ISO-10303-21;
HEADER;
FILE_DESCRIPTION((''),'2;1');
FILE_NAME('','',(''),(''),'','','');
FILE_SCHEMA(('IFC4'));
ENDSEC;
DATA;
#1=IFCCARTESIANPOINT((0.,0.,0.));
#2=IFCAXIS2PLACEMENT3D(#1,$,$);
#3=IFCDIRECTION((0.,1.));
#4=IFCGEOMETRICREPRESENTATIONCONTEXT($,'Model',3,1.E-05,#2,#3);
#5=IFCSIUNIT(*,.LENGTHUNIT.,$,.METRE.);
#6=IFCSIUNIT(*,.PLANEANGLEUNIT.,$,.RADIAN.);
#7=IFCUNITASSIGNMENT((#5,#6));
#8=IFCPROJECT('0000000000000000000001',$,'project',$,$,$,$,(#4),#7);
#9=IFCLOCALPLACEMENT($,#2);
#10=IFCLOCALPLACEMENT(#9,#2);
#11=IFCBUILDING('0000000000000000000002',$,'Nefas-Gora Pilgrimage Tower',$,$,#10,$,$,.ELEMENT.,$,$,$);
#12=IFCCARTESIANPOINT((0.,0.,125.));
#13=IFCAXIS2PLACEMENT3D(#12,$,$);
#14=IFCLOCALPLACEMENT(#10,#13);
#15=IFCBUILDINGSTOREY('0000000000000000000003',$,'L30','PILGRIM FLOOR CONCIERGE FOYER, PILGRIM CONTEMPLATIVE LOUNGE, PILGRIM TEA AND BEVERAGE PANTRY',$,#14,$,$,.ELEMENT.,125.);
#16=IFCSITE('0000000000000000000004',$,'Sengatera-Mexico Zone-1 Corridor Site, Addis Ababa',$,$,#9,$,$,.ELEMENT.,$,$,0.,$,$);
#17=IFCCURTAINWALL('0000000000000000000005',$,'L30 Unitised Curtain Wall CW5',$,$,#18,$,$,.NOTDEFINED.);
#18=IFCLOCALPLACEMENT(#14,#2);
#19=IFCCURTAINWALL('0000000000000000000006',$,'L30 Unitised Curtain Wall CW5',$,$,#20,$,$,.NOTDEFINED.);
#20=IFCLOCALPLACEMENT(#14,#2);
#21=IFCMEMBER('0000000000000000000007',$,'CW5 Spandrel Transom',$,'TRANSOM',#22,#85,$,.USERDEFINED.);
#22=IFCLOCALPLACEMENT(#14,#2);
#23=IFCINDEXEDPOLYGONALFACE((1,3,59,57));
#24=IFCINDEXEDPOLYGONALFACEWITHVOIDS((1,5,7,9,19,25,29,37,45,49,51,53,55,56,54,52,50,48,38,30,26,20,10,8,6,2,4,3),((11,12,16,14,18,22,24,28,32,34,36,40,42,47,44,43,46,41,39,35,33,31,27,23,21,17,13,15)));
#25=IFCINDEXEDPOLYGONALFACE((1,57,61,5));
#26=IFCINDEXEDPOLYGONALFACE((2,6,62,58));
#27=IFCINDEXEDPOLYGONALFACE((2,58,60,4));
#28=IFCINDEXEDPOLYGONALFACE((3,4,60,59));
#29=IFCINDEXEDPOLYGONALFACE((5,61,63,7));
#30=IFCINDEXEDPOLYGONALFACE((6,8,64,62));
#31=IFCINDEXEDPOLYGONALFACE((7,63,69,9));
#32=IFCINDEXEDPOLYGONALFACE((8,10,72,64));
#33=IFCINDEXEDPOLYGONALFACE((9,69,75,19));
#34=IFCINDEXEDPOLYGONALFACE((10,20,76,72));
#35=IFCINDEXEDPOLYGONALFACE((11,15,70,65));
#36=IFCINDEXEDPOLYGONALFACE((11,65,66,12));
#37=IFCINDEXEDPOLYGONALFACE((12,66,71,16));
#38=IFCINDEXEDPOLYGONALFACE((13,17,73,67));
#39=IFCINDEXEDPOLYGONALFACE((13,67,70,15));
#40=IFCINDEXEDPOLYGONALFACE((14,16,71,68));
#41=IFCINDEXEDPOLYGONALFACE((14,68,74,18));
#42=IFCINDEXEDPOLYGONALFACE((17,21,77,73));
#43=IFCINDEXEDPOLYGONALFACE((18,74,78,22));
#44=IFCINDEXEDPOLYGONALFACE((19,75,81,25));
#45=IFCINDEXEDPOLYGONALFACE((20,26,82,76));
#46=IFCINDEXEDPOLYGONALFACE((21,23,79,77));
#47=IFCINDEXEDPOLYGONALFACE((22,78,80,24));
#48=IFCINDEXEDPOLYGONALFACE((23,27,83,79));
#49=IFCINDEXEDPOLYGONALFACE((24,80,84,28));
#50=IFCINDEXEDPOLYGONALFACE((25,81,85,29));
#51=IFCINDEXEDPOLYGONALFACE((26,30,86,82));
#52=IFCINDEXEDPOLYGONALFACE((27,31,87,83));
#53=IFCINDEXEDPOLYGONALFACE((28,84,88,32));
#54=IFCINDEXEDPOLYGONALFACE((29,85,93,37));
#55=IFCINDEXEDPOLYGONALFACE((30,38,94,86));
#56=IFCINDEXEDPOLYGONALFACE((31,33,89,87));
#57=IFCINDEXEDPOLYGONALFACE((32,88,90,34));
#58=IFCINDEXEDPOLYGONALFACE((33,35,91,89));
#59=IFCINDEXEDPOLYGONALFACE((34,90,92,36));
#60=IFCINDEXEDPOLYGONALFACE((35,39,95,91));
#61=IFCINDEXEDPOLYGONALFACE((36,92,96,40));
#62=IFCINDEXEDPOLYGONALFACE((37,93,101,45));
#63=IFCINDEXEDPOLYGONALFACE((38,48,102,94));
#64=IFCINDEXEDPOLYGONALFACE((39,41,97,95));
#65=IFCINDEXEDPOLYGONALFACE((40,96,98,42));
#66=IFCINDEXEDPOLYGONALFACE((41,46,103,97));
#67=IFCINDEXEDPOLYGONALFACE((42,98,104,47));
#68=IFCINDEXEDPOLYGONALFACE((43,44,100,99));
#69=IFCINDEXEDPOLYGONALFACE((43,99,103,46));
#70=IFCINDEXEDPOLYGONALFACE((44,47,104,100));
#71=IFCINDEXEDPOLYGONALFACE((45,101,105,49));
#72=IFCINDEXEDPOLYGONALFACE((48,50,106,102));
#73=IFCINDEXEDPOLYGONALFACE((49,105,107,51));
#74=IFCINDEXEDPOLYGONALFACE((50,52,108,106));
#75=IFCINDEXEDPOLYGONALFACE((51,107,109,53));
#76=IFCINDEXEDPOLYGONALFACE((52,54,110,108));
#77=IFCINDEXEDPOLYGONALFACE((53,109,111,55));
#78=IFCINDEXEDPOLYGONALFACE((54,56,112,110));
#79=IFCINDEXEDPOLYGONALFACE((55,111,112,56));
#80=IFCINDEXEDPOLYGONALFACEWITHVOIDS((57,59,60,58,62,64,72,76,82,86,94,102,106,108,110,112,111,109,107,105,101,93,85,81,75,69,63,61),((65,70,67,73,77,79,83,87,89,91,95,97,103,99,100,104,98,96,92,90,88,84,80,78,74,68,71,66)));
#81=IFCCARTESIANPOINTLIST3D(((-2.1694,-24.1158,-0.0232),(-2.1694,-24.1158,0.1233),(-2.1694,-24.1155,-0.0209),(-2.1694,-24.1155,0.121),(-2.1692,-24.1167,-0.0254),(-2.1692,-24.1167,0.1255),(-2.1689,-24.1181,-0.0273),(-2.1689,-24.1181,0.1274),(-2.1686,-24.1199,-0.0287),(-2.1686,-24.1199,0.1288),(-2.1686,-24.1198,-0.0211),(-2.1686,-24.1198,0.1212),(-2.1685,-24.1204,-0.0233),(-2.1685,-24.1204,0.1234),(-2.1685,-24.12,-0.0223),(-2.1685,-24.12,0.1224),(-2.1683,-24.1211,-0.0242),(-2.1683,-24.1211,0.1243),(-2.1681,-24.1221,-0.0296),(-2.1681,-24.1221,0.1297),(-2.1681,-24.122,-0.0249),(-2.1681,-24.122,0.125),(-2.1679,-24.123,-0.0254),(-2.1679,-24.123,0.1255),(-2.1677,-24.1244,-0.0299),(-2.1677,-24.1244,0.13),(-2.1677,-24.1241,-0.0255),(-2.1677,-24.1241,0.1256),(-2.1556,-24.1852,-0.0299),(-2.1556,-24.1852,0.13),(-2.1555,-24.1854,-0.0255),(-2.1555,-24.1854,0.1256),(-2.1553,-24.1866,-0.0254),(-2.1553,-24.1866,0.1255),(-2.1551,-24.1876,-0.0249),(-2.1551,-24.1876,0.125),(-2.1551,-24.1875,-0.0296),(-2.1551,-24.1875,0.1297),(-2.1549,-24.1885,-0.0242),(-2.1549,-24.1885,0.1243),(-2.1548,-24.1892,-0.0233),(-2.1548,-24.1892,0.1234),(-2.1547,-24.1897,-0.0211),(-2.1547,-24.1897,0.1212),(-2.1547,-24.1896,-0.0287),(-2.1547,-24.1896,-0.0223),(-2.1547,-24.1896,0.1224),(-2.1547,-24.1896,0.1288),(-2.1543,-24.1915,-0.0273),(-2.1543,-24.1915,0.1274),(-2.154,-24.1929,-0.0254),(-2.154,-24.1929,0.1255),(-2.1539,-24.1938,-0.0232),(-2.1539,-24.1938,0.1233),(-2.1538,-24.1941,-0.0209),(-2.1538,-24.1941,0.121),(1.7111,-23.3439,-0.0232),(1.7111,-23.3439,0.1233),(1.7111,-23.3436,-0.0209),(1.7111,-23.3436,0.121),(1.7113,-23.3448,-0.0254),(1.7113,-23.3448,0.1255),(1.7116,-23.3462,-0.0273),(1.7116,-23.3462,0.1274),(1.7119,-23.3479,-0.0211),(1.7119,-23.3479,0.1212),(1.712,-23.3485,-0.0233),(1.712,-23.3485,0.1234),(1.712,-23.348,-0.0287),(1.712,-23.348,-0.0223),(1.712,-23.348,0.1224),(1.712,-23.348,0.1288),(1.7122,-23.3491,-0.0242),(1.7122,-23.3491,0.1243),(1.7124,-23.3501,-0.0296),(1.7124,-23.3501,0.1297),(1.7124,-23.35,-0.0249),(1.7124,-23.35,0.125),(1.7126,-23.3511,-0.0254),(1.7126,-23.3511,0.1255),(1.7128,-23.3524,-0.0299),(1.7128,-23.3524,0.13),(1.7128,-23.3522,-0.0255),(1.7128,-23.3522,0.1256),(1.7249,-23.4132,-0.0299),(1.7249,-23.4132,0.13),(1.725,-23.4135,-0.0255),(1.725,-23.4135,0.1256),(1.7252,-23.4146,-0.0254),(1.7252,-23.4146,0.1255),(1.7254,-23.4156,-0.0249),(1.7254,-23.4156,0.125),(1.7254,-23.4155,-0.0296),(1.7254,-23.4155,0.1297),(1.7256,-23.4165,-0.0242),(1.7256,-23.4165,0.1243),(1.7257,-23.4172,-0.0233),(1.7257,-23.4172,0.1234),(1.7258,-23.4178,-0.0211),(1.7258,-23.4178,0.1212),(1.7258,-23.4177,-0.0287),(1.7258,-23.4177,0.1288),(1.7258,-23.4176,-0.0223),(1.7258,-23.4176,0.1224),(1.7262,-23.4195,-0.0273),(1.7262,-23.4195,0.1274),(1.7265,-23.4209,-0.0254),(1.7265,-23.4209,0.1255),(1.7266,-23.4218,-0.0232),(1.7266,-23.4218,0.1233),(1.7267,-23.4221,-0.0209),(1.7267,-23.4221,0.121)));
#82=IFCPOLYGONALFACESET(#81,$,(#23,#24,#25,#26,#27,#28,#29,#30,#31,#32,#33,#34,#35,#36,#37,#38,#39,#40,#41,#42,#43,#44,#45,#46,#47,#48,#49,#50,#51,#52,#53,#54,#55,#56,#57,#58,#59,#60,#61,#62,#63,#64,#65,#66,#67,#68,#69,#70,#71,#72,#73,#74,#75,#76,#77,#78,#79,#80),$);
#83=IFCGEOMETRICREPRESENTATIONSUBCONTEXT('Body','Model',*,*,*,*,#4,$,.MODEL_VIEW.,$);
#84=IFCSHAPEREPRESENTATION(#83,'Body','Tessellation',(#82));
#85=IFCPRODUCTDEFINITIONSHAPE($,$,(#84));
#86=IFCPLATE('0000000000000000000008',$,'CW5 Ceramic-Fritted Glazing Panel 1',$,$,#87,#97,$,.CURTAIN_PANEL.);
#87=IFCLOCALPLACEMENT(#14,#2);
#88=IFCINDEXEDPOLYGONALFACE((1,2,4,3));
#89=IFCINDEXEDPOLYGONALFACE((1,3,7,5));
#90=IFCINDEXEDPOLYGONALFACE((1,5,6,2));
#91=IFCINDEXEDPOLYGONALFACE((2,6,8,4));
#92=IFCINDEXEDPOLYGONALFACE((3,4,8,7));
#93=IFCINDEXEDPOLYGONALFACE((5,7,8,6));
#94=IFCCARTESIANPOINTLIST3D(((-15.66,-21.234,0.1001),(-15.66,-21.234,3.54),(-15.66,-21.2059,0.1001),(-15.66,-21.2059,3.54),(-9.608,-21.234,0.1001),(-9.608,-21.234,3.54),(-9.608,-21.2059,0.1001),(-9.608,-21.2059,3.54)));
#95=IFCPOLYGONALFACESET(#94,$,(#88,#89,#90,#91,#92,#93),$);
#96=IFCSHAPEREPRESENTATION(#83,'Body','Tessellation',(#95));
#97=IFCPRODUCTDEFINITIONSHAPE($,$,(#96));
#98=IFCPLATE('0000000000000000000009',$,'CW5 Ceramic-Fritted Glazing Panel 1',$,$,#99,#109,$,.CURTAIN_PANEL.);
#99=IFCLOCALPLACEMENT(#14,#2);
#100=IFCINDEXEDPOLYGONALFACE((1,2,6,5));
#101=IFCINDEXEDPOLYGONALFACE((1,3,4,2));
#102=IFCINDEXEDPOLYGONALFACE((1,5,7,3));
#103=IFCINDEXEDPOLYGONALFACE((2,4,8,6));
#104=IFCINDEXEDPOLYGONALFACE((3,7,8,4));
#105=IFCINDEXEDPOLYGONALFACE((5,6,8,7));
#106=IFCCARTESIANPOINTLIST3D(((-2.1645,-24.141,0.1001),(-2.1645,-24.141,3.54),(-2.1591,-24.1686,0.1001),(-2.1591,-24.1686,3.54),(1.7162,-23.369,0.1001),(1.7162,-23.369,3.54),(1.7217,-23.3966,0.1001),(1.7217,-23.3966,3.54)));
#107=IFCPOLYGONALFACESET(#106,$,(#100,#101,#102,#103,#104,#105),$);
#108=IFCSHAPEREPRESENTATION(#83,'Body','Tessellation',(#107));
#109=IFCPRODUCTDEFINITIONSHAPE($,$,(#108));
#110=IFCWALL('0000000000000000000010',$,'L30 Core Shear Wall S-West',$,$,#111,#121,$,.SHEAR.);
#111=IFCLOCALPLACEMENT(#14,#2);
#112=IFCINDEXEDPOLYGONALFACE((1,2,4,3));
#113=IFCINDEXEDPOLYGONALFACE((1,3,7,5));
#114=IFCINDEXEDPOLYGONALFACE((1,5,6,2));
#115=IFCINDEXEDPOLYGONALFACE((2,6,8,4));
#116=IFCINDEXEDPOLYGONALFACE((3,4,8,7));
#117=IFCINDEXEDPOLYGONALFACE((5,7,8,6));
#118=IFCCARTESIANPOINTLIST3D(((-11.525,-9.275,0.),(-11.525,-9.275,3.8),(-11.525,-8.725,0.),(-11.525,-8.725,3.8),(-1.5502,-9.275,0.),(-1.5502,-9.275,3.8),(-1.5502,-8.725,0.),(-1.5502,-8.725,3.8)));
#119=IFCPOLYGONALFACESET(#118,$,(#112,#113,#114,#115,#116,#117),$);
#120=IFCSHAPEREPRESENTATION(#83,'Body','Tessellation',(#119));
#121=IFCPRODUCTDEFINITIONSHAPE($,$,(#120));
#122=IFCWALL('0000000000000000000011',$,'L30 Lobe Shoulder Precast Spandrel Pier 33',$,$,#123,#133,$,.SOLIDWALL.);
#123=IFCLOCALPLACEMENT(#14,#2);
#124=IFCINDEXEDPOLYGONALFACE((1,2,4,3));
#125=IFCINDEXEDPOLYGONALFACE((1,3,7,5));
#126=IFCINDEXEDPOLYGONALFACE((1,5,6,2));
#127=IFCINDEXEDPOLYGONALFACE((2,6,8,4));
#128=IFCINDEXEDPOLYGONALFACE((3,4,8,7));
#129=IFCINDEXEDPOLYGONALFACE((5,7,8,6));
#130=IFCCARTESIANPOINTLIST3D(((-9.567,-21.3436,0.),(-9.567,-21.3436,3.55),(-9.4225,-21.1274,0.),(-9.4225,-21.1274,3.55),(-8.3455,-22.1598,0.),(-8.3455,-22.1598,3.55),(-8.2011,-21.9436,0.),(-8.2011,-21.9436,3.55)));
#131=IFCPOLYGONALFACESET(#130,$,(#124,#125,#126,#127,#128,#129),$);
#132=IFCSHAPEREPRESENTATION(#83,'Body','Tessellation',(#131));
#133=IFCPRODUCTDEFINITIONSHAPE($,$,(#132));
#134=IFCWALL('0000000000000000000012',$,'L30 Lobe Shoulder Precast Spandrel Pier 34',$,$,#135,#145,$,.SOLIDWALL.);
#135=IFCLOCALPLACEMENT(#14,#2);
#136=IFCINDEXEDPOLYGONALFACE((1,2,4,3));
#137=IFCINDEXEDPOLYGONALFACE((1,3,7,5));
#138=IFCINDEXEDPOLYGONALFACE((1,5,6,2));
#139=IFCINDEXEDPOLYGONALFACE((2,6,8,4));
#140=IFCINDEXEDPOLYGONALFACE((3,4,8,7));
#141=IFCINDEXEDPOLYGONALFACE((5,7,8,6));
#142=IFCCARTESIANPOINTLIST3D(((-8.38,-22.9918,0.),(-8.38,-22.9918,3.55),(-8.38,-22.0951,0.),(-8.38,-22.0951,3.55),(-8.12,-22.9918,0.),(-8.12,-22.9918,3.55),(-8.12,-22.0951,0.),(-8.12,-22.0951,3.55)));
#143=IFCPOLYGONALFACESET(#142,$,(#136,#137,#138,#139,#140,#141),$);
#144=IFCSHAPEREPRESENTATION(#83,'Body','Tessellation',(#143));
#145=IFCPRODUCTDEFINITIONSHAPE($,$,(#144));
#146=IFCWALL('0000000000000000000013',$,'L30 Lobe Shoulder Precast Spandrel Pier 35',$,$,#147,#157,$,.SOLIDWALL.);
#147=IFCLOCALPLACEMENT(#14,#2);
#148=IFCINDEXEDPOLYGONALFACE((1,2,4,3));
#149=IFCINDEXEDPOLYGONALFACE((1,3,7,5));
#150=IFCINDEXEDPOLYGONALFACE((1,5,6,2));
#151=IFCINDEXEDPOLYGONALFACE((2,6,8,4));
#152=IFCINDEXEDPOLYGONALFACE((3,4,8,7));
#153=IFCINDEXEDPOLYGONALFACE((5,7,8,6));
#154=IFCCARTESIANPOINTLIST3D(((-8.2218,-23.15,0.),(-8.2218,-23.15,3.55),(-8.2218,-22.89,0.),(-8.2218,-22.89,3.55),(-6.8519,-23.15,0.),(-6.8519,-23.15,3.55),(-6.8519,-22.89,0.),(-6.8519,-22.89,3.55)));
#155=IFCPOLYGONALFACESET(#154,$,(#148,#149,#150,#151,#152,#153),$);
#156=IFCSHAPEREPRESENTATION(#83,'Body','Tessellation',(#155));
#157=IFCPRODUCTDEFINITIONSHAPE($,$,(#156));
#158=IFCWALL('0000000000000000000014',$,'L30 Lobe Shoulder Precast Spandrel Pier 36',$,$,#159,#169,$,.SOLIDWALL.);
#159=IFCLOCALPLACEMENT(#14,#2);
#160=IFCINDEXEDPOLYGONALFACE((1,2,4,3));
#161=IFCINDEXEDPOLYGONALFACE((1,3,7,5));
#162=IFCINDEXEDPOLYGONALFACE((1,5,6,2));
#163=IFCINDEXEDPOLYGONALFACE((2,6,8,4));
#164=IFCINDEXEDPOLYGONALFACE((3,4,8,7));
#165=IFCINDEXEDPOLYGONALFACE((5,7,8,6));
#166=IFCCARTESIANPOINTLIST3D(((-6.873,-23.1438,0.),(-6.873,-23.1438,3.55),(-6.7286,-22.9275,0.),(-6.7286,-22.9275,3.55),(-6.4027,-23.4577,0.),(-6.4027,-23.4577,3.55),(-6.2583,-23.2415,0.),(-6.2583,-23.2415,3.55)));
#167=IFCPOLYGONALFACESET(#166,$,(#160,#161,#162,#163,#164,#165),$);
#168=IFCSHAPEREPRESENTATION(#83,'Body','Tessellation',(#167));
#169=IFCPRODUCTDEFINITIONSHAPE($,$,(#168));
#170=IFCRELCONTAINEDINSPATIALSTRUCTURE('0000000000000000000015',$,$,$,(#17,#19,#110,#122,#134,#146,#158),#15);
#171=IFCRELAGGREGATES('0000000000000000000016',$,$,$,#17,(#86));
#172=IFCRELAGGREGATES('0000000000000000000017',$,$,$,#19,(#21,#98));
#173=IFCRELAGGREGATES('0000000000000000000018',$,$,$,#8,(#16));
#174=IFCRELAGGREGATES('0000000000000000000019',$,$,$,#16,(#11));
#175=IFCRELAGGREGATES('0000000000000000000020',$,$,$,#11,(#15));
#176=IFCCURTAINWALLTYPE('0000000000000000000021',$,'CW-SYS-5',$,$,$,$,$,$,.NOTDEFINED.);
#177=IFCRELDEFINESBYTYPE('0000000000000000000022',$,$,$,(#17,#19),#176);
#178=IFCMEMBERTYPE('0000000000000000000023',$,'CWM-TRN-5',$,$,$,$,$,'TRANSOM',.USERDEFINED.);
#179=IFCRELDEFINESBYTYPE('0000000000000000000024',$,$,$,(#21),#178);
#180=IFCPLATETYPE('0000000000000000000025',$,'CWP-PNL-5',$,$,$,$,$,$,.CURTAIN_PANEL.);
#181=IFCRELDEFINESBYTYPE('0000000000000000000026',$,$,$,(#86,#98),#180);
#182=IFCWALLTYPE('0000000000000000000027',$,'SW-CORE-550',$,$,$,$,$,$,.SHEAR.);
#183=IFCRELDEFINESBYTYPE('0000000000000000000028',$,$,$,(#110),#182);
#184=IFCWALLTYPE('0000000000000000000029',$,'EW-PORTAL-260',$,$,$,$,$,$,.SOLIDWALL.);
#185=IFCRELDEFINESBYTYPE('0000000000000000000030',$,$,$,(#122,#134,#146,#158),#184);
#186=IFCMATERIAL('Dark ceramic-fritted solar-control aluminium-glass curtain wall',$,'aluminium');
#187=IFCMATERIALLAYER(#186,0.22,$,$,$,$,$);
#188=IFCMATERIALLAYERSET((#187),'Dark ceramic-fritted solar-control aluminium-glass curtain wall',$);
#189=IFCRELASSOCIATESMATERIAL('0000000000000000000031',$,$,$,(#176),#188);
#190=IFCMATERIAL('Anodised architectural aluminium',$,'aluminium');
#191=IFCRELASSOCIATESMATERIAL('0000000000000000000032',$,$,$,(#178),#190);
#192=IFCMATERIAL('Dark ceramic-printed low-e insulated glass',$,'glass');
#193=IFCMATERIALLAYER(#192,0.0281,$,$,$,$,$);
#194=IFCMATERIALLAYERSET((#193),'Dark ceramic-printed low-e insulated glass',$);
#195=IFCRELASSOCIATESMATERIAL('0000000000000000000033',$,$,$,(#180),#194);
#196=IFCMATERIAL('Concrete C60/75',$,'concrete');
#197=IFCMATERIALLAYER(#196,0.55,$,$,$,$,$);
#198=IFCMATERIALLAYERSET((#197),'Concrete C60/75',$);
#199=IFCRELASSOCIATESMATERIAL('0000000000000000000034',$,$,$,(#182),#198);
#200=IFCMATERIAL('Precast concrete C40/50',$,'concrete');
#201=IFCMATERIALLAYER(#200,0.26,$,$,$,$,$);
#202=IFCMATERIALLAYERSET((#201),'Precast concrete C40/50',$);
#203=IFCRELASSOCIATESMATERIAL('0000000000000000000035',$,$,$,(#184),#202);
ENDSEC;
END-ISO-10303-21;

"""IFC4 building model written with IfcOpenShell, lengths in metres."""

from ifc_helpers import new_model, si_unit, direction, frame, frame_2d, origin, origin_2d, place, context, subcontext, project, spatial, rectangle, hollow_rectangle, extrude, source, transform, mapped, material, layer, layer_set, material_profile, profile_set, type_object, element, aggregate, save


model = new_model("IFC4")

# Units and contexts
model_context = context("Model", 3, precision=1e-05, world=origin(), true_north=direction((0.0, 1.0)))
body_context = subcontext(model_context, "Body", "Model", "MODEL_VIEW")
ifc_project = project(units=[si_unit("LENGTHUNIT", "METRE"), si_unit("PLANEANGLEUNIT", "RADIAN")], contexts=[model_context])

# Site, building, storey
site_placement = place(None, origin())
site = spatial("IfcSite", under=ifc_project, at=site_placement, Name="Sengatera-Mexico Zone-1 Corridor Site, Addis Ababa", CompositionType="ELEMENT", RefElevation=0.0)
building_placement = place(site_placement, origin())
building = spatial("IfcBuilding", under=site, at=building_placement, Name="Nefas-Gora Pilgrimage Tower", CompositionType="ELEMENT")
storey_placement = place(building_placement, frame((0.0, 0.0, 125.0)))
storey = spatial("IfcBuildingStorey", under=building, at=storey_placement, Name="L30", Description="PILGRIM FLOOR CONCIERGE FOYER, PILGRIM CONTEMPLATIVE LOUNGE, PILGRIM TEA AND BEVERAGE PANTRY", CompositionType="ELEMENT", Elevation=125.0)

# Curtain wall
ifc_material_1 = material(Name="Dark ceramic-fritted solar-control aluminium-glass curtain wall", Category="aluminium")
ifc_layer_1 = layer(ifc_material_1, 0.22)
ifc_layer_set_1 = layer_set([ifc_layer_1], Name="Dark ceramic-fritted solar-control aluminium-glass curtain wall")
curtain_wall_type = type_object("IfcCurtainWallType", Name="CW-SYS-5", PredefinedType="NOTDEFINED", material=ifc_layer_set_1)
curtain_wall_1_placement = place(storey_placement, origin())
curtain_wall_1 = element("IfcCurtainWall", 1, at=curtain_wall_1_placement, inside=storey, type_object=curtain_wall_type, Name="L30 Unitised Curtain Wall CW5", PredefinedType="NOTDEFINED")
ifc_material_2 = material(Name="Anodised architectural aluminium", Category="aluminium")

# Curtain wall, member
curtain_wall_2_placement = place(storey_placement, origin())
curtain_wall_2 = element("IfcCurtainWall", 2, at=curtain_wall_2_placement, inside=storey, type_object=curtain_wall_type, Name="L30 Unitised Curtain Wall CW5", PredefinedType="NOTDEFINED")
ifc_material_profile_1 = material_profile(ifc_material_2, hollow_rectangle(XDim=0.0801, YDim=0.1599, WallThickness=0.0044, InnerFilletRadius=0.0044, OuterFilletRadius=0.009, at=origin_2d()), Name="ALU TRANSOM 80x160")
ifc_profile_set_1 = profile_set([ifc_material_profile_1], Name="Anodised architectural aluminium")
member_type_1 = type_object("IfcMemberType", Name="CWM-TRN-5", ElementType="TRANSOM", PredefinedType="USERDEFINED", material=ifc_profile_set_1)
shared_shape_1 = source(origin(), body_context, "Body", "SweptSolid", [
    extrude(hollow_rectangle(XDim=0.0801, YDim=0.1599, WallThickness=0.0044, InnerFilletRadius=0.0044, OuterFilletRadius=0.009, at=origin_2d()), origin(), (0.0, 0.0, 1.0), 3.9565),
])
member_1_placement = place(storey_placement, frame((-2.1616, -24.1548, 0.05), z_axis=(0.980782, 0.195107, 0.0), x_axis=(-0.195107, 0.980782, 0.0)))
member_1 = element("IfcMember", 3, at=member_1_placement, type_object=member_type_1, Name="CW5 Spandrel Transom", ObjectType="TRANSOM", PredefinedType="USERDEFINED", context=body_context, shape_type="MappedRepresentation", body=[
    mapped(shared_shape_1, transform((0.0, 0.0, 0.0), x_axis=(1.0, 0.0, 0.0), y_axis=(0.0, 1.0, 0.0), z_axis=(0.0, 0.0, 1.0), scale=1.0)),
])

# Plates
ifc_material_3 = material(Name="Dark ceramic-printed low-e insulated glass", Category="glass")
ifc_layer_2 = layer(ifc_material_3, 0.0281)
ifc_layer_set_2 = layer_set([ifc_layer_2], Name="Dark ceramic-printed low-e insulated glass")
plate_type = type_object("IfcPlateType", Name="CWP-PNL-5", PredefinedType="CURTAIN_PANEL", material=ifc_layer_set_2)
shared_shape_2 = source(origin(), body_context, "Body", "SweptSolid", [
    extrude(rectangle(XDim=6.052, YDim=0.0281, at=origin_2d()), origin(), (0.0, 0.0, 1.0), 3.4399),
])
plate_1_placement = place(storey_placement, frame((-12.634, -21.22, 0.1001), z_axis=(0.0, 0.0, 1.0), x_axis=(1.0, 0.0, 0.0)))
plate_1 = element("IfcPlate", 4, at=plate_1_placement, type_object=plate_type, Name="CW5 Ceramic-Fritted Glazing Panel 1", PredefinedType="CURTAIN_PANEL", context=body_context, shape_type="MappedRepresentation", body=[
    mapped(shared_shape_2, transform((0.0, 0.0, 0.0), x_axis=(1.0, 0.0, 0.0), y_axis=(0.0, 1.0, 0.0), z_axis=(0.0, 0.0, 1.0), scale=1.0)),
])
aggregate(curtain_wall_1, [plate_1])
shared_shape_3 = source(origin(), body_context, "Body", "SweptSolid", [
    extrude(rectangle(XDim=3.9568, YDim=0.0281, at=origin_2d()), origin(), (0.0, 0.0, 1.0), 3.4399),
])
plate_2_placement = place(storey_placement, frame((-0.2214, -23.7688, 0.1001), z_axis=(0.0, 0.0, 1.0), x_axis=(0.980783, 0.195102, 0.0)))
plate_2 = element("IfcPlate", 5, at=plate_2_placement, type_object=plate_type, Name="CW5 Ceramic-Fritted Glazing Panel 1", PredefinedType="CURTAIN_PANEL", context=body_context, shape_type="MappedRepresentation", body=[
    mapped(shared_shape_3, transform((0.0, 0.0, 0.0), x_axis=(1.0, 0.0, 0.0), y_axis=(0.0, 1.0, 0.0), z_axis=(0.0, 0.0, 1.0), scale=1.0)),
])
aggregate(curtain_wall_2, [member_1, plate_2])

# Walls
ifc_material_4 = material(Name="Concrete C60/75", Category="concrete")
ifc_layer_3 = layer(ifc_material_4, 0.55)
ifc_layer_set_3 = layer_set([ifc_layer_3], Name="Concrete C60/75")
wall_type_1 = type_object("IfcWallType", Name="SW-CORE-550", PredefinedType="SHEAR", material=ifc_layer_set_3)
shared_shape_4 = source(origin(), body_context, "Body", "SweptSolid", [
    extrude(rectangle(XDim=9.9749, YDim=0.55, at=frame_2d((4.9873, 0.0))), origin(), (0.0, 0.0, 1.0), 3.8),
])
wall_1_placement = place(storey_placement, frame((-11.5249, -9.0, 0.0), z_axis=(0.0, 0.0, 1.0), x_axis=(1.0, 0.0, 0.0)))
element("IfcWall", 6, at=wall_1_placement, inside=storey, type_object=wall_type_1, Name="L30 Core Shear Wall S-West", PredefinedType="SHEAR", context=body_context, shape_type="MappedRepresentation", body=[
    mapped(shared_shape_4, transform((0.0, 0.0, 0.0), x_axis=(1.0, 0.0, 0.0), y_axis=(0.0, 1.0, 0.0), z_axis=(0.0, 0.0, 1.0), scale=1.0)),
])
ifc_material_5 = material(Name="Precast concrete C40/50", Category="concrete")
ifc_layer_4 = layer(ifc_material_5, 0.26)
ifc_layer_set_4 = layer_set([ifc_layer_4], Name="Precast concrete C40/50")
wall_type_2 = type_object("IfcWallType", Name="EW-PORTAL-260", PredefinedType="SOLIDWALL", material=ifc_layer_set_4)
shared_shape_5 = source(origin(), body_context, "Body", "SweptSolid", [
    extrude(rectangle(XDim=1.469, YDim=0.26, at=frame_2d((0.7344, 0.0))), origin(), (0.0, 0.0, 1.0), 3.55),
])
wall_2_placement = place(storey_placement, frame((-9.4946, -21.2356, 0.0), z_axis=(0.0, 0.0, 1.0), x_axis=(0.831462, -0.555582, 0.0)))
element("IfcWall", 7, at=wall_2_placement, inside=storey, type_object=wall_type_2, Name="L30 Lobe Shoulder Precast Spandrel Pier 33", PredefinedType="SOLIDWALL", context=body_context, shape_type="MappedRepresentation", body=[
    mapped(shared_shape_5, transform((0.0, 0.0, 0.0), x_axis=(1.0, 0.0, 0.0), y_axis=(0.0, 1.0, 0.0), z_axis=(0.0, 0.0, 1.0), scale=1.0)),
])
shared_shape_6 = source(origin(), body_context, "Body", "SweptSolid", [
    extrude(rectangle(XDim=0.8967, YDim=0.26, at=frame_2d((0.4482, 0.0))), origin(), (0.0, 0.0, 1.0), 3.55),
])
wall_3_placement = place(storey_placement, frame((-8.25, -22.0952, 0.0), z_axis=(0.0, 0.0, 1.0), x_axis=(0.0, -1.0, 0.0)))
element("IfcWall", 8, at=wall_3_placement, inside=storey, type_object=wall_type_2, Name="L30 Lobe Shoulder Precast Spandrel Pier 34", PredefinedType="SOLIDWALL", context=body_context, shape_type="MappedRepresentation", body=[
    mapped(shared_shape_6, transform((0.0, 0.0, 0.0), x_axis=(1.0, 0.0, 0.0), y_axis=(0.0, 1.0, 0.0), z_axis=(0.0, 0.0, 1.0), scale=1.0)),
])
shared_shape_7 = source(origin(), body_context, "Body", "SweptSolid", [
    extrude(rectangle(XDim=1.3699, YDim=0.26, at=frame_2d((0.6851, 0.0))), origin(), (0.0, 0.0, 1.0), 3.55),
])
wall_4_placement = place(storey_placement, frame((-8.2219, -23.02, 0.0), z_axis=(0.0, 0.0, 1.0), x_axis=(1.0, 0.0, 0.0)))
element("IfcWall", 9, at=wall_4_placement, inside=storey, type_object=wall_type_2, Name="L30 Lobe Shoulder Precast Spandrel Pier 35", PredefinedType="SOLIDWALL", context=body_context, shape_type="MappedRepresentation", body=[
    mapped(shared_shape_7, transform((0.0, 0.0, 0.0), x_axis=(1.0, 0.0, 0.0), y_axis=(0.0, 1.0, 0.0), z_axis=(0.0, 0.0, 1.0), scale=1.0)),
])
shared_shape_8 = source(origin(), body_context, "Body", "SweptSolid", [
    extrude(rectangle(XDim=0.5654, YDim=0.26, at=frame_2d((0.2827, 0.0))), origin(), (0.0, 0.0, 1.0), 3.55),
])
wall_5_placement = place(storey_placement, frame((-6.8008, -23.0356, 0.0), z_axis=(0.0, 0.0, 1.0), x_axis=(0.831651, -0.555298, 0.0)))
element("IfcWall", 10, at=wall_5_placement, inside=storey, type_object=wall_type_2, Name="L30 Lobe Shoulder Precast Spandrel Pier 36", PredefinedType="SOLIDWALL", context=body_context, shape_type="MappedRepresentation", body=[
    mapped(shared_shape_8, transform((0.0, 0.0, 0.0), x_axis=(1.0, 0.0, 0.0), y_axis=(0.0, 1.0, 0.0), z_axis=(0.0, 0.0, 1.0), scale=1.0)),
])

save(model, "model.ifc")
